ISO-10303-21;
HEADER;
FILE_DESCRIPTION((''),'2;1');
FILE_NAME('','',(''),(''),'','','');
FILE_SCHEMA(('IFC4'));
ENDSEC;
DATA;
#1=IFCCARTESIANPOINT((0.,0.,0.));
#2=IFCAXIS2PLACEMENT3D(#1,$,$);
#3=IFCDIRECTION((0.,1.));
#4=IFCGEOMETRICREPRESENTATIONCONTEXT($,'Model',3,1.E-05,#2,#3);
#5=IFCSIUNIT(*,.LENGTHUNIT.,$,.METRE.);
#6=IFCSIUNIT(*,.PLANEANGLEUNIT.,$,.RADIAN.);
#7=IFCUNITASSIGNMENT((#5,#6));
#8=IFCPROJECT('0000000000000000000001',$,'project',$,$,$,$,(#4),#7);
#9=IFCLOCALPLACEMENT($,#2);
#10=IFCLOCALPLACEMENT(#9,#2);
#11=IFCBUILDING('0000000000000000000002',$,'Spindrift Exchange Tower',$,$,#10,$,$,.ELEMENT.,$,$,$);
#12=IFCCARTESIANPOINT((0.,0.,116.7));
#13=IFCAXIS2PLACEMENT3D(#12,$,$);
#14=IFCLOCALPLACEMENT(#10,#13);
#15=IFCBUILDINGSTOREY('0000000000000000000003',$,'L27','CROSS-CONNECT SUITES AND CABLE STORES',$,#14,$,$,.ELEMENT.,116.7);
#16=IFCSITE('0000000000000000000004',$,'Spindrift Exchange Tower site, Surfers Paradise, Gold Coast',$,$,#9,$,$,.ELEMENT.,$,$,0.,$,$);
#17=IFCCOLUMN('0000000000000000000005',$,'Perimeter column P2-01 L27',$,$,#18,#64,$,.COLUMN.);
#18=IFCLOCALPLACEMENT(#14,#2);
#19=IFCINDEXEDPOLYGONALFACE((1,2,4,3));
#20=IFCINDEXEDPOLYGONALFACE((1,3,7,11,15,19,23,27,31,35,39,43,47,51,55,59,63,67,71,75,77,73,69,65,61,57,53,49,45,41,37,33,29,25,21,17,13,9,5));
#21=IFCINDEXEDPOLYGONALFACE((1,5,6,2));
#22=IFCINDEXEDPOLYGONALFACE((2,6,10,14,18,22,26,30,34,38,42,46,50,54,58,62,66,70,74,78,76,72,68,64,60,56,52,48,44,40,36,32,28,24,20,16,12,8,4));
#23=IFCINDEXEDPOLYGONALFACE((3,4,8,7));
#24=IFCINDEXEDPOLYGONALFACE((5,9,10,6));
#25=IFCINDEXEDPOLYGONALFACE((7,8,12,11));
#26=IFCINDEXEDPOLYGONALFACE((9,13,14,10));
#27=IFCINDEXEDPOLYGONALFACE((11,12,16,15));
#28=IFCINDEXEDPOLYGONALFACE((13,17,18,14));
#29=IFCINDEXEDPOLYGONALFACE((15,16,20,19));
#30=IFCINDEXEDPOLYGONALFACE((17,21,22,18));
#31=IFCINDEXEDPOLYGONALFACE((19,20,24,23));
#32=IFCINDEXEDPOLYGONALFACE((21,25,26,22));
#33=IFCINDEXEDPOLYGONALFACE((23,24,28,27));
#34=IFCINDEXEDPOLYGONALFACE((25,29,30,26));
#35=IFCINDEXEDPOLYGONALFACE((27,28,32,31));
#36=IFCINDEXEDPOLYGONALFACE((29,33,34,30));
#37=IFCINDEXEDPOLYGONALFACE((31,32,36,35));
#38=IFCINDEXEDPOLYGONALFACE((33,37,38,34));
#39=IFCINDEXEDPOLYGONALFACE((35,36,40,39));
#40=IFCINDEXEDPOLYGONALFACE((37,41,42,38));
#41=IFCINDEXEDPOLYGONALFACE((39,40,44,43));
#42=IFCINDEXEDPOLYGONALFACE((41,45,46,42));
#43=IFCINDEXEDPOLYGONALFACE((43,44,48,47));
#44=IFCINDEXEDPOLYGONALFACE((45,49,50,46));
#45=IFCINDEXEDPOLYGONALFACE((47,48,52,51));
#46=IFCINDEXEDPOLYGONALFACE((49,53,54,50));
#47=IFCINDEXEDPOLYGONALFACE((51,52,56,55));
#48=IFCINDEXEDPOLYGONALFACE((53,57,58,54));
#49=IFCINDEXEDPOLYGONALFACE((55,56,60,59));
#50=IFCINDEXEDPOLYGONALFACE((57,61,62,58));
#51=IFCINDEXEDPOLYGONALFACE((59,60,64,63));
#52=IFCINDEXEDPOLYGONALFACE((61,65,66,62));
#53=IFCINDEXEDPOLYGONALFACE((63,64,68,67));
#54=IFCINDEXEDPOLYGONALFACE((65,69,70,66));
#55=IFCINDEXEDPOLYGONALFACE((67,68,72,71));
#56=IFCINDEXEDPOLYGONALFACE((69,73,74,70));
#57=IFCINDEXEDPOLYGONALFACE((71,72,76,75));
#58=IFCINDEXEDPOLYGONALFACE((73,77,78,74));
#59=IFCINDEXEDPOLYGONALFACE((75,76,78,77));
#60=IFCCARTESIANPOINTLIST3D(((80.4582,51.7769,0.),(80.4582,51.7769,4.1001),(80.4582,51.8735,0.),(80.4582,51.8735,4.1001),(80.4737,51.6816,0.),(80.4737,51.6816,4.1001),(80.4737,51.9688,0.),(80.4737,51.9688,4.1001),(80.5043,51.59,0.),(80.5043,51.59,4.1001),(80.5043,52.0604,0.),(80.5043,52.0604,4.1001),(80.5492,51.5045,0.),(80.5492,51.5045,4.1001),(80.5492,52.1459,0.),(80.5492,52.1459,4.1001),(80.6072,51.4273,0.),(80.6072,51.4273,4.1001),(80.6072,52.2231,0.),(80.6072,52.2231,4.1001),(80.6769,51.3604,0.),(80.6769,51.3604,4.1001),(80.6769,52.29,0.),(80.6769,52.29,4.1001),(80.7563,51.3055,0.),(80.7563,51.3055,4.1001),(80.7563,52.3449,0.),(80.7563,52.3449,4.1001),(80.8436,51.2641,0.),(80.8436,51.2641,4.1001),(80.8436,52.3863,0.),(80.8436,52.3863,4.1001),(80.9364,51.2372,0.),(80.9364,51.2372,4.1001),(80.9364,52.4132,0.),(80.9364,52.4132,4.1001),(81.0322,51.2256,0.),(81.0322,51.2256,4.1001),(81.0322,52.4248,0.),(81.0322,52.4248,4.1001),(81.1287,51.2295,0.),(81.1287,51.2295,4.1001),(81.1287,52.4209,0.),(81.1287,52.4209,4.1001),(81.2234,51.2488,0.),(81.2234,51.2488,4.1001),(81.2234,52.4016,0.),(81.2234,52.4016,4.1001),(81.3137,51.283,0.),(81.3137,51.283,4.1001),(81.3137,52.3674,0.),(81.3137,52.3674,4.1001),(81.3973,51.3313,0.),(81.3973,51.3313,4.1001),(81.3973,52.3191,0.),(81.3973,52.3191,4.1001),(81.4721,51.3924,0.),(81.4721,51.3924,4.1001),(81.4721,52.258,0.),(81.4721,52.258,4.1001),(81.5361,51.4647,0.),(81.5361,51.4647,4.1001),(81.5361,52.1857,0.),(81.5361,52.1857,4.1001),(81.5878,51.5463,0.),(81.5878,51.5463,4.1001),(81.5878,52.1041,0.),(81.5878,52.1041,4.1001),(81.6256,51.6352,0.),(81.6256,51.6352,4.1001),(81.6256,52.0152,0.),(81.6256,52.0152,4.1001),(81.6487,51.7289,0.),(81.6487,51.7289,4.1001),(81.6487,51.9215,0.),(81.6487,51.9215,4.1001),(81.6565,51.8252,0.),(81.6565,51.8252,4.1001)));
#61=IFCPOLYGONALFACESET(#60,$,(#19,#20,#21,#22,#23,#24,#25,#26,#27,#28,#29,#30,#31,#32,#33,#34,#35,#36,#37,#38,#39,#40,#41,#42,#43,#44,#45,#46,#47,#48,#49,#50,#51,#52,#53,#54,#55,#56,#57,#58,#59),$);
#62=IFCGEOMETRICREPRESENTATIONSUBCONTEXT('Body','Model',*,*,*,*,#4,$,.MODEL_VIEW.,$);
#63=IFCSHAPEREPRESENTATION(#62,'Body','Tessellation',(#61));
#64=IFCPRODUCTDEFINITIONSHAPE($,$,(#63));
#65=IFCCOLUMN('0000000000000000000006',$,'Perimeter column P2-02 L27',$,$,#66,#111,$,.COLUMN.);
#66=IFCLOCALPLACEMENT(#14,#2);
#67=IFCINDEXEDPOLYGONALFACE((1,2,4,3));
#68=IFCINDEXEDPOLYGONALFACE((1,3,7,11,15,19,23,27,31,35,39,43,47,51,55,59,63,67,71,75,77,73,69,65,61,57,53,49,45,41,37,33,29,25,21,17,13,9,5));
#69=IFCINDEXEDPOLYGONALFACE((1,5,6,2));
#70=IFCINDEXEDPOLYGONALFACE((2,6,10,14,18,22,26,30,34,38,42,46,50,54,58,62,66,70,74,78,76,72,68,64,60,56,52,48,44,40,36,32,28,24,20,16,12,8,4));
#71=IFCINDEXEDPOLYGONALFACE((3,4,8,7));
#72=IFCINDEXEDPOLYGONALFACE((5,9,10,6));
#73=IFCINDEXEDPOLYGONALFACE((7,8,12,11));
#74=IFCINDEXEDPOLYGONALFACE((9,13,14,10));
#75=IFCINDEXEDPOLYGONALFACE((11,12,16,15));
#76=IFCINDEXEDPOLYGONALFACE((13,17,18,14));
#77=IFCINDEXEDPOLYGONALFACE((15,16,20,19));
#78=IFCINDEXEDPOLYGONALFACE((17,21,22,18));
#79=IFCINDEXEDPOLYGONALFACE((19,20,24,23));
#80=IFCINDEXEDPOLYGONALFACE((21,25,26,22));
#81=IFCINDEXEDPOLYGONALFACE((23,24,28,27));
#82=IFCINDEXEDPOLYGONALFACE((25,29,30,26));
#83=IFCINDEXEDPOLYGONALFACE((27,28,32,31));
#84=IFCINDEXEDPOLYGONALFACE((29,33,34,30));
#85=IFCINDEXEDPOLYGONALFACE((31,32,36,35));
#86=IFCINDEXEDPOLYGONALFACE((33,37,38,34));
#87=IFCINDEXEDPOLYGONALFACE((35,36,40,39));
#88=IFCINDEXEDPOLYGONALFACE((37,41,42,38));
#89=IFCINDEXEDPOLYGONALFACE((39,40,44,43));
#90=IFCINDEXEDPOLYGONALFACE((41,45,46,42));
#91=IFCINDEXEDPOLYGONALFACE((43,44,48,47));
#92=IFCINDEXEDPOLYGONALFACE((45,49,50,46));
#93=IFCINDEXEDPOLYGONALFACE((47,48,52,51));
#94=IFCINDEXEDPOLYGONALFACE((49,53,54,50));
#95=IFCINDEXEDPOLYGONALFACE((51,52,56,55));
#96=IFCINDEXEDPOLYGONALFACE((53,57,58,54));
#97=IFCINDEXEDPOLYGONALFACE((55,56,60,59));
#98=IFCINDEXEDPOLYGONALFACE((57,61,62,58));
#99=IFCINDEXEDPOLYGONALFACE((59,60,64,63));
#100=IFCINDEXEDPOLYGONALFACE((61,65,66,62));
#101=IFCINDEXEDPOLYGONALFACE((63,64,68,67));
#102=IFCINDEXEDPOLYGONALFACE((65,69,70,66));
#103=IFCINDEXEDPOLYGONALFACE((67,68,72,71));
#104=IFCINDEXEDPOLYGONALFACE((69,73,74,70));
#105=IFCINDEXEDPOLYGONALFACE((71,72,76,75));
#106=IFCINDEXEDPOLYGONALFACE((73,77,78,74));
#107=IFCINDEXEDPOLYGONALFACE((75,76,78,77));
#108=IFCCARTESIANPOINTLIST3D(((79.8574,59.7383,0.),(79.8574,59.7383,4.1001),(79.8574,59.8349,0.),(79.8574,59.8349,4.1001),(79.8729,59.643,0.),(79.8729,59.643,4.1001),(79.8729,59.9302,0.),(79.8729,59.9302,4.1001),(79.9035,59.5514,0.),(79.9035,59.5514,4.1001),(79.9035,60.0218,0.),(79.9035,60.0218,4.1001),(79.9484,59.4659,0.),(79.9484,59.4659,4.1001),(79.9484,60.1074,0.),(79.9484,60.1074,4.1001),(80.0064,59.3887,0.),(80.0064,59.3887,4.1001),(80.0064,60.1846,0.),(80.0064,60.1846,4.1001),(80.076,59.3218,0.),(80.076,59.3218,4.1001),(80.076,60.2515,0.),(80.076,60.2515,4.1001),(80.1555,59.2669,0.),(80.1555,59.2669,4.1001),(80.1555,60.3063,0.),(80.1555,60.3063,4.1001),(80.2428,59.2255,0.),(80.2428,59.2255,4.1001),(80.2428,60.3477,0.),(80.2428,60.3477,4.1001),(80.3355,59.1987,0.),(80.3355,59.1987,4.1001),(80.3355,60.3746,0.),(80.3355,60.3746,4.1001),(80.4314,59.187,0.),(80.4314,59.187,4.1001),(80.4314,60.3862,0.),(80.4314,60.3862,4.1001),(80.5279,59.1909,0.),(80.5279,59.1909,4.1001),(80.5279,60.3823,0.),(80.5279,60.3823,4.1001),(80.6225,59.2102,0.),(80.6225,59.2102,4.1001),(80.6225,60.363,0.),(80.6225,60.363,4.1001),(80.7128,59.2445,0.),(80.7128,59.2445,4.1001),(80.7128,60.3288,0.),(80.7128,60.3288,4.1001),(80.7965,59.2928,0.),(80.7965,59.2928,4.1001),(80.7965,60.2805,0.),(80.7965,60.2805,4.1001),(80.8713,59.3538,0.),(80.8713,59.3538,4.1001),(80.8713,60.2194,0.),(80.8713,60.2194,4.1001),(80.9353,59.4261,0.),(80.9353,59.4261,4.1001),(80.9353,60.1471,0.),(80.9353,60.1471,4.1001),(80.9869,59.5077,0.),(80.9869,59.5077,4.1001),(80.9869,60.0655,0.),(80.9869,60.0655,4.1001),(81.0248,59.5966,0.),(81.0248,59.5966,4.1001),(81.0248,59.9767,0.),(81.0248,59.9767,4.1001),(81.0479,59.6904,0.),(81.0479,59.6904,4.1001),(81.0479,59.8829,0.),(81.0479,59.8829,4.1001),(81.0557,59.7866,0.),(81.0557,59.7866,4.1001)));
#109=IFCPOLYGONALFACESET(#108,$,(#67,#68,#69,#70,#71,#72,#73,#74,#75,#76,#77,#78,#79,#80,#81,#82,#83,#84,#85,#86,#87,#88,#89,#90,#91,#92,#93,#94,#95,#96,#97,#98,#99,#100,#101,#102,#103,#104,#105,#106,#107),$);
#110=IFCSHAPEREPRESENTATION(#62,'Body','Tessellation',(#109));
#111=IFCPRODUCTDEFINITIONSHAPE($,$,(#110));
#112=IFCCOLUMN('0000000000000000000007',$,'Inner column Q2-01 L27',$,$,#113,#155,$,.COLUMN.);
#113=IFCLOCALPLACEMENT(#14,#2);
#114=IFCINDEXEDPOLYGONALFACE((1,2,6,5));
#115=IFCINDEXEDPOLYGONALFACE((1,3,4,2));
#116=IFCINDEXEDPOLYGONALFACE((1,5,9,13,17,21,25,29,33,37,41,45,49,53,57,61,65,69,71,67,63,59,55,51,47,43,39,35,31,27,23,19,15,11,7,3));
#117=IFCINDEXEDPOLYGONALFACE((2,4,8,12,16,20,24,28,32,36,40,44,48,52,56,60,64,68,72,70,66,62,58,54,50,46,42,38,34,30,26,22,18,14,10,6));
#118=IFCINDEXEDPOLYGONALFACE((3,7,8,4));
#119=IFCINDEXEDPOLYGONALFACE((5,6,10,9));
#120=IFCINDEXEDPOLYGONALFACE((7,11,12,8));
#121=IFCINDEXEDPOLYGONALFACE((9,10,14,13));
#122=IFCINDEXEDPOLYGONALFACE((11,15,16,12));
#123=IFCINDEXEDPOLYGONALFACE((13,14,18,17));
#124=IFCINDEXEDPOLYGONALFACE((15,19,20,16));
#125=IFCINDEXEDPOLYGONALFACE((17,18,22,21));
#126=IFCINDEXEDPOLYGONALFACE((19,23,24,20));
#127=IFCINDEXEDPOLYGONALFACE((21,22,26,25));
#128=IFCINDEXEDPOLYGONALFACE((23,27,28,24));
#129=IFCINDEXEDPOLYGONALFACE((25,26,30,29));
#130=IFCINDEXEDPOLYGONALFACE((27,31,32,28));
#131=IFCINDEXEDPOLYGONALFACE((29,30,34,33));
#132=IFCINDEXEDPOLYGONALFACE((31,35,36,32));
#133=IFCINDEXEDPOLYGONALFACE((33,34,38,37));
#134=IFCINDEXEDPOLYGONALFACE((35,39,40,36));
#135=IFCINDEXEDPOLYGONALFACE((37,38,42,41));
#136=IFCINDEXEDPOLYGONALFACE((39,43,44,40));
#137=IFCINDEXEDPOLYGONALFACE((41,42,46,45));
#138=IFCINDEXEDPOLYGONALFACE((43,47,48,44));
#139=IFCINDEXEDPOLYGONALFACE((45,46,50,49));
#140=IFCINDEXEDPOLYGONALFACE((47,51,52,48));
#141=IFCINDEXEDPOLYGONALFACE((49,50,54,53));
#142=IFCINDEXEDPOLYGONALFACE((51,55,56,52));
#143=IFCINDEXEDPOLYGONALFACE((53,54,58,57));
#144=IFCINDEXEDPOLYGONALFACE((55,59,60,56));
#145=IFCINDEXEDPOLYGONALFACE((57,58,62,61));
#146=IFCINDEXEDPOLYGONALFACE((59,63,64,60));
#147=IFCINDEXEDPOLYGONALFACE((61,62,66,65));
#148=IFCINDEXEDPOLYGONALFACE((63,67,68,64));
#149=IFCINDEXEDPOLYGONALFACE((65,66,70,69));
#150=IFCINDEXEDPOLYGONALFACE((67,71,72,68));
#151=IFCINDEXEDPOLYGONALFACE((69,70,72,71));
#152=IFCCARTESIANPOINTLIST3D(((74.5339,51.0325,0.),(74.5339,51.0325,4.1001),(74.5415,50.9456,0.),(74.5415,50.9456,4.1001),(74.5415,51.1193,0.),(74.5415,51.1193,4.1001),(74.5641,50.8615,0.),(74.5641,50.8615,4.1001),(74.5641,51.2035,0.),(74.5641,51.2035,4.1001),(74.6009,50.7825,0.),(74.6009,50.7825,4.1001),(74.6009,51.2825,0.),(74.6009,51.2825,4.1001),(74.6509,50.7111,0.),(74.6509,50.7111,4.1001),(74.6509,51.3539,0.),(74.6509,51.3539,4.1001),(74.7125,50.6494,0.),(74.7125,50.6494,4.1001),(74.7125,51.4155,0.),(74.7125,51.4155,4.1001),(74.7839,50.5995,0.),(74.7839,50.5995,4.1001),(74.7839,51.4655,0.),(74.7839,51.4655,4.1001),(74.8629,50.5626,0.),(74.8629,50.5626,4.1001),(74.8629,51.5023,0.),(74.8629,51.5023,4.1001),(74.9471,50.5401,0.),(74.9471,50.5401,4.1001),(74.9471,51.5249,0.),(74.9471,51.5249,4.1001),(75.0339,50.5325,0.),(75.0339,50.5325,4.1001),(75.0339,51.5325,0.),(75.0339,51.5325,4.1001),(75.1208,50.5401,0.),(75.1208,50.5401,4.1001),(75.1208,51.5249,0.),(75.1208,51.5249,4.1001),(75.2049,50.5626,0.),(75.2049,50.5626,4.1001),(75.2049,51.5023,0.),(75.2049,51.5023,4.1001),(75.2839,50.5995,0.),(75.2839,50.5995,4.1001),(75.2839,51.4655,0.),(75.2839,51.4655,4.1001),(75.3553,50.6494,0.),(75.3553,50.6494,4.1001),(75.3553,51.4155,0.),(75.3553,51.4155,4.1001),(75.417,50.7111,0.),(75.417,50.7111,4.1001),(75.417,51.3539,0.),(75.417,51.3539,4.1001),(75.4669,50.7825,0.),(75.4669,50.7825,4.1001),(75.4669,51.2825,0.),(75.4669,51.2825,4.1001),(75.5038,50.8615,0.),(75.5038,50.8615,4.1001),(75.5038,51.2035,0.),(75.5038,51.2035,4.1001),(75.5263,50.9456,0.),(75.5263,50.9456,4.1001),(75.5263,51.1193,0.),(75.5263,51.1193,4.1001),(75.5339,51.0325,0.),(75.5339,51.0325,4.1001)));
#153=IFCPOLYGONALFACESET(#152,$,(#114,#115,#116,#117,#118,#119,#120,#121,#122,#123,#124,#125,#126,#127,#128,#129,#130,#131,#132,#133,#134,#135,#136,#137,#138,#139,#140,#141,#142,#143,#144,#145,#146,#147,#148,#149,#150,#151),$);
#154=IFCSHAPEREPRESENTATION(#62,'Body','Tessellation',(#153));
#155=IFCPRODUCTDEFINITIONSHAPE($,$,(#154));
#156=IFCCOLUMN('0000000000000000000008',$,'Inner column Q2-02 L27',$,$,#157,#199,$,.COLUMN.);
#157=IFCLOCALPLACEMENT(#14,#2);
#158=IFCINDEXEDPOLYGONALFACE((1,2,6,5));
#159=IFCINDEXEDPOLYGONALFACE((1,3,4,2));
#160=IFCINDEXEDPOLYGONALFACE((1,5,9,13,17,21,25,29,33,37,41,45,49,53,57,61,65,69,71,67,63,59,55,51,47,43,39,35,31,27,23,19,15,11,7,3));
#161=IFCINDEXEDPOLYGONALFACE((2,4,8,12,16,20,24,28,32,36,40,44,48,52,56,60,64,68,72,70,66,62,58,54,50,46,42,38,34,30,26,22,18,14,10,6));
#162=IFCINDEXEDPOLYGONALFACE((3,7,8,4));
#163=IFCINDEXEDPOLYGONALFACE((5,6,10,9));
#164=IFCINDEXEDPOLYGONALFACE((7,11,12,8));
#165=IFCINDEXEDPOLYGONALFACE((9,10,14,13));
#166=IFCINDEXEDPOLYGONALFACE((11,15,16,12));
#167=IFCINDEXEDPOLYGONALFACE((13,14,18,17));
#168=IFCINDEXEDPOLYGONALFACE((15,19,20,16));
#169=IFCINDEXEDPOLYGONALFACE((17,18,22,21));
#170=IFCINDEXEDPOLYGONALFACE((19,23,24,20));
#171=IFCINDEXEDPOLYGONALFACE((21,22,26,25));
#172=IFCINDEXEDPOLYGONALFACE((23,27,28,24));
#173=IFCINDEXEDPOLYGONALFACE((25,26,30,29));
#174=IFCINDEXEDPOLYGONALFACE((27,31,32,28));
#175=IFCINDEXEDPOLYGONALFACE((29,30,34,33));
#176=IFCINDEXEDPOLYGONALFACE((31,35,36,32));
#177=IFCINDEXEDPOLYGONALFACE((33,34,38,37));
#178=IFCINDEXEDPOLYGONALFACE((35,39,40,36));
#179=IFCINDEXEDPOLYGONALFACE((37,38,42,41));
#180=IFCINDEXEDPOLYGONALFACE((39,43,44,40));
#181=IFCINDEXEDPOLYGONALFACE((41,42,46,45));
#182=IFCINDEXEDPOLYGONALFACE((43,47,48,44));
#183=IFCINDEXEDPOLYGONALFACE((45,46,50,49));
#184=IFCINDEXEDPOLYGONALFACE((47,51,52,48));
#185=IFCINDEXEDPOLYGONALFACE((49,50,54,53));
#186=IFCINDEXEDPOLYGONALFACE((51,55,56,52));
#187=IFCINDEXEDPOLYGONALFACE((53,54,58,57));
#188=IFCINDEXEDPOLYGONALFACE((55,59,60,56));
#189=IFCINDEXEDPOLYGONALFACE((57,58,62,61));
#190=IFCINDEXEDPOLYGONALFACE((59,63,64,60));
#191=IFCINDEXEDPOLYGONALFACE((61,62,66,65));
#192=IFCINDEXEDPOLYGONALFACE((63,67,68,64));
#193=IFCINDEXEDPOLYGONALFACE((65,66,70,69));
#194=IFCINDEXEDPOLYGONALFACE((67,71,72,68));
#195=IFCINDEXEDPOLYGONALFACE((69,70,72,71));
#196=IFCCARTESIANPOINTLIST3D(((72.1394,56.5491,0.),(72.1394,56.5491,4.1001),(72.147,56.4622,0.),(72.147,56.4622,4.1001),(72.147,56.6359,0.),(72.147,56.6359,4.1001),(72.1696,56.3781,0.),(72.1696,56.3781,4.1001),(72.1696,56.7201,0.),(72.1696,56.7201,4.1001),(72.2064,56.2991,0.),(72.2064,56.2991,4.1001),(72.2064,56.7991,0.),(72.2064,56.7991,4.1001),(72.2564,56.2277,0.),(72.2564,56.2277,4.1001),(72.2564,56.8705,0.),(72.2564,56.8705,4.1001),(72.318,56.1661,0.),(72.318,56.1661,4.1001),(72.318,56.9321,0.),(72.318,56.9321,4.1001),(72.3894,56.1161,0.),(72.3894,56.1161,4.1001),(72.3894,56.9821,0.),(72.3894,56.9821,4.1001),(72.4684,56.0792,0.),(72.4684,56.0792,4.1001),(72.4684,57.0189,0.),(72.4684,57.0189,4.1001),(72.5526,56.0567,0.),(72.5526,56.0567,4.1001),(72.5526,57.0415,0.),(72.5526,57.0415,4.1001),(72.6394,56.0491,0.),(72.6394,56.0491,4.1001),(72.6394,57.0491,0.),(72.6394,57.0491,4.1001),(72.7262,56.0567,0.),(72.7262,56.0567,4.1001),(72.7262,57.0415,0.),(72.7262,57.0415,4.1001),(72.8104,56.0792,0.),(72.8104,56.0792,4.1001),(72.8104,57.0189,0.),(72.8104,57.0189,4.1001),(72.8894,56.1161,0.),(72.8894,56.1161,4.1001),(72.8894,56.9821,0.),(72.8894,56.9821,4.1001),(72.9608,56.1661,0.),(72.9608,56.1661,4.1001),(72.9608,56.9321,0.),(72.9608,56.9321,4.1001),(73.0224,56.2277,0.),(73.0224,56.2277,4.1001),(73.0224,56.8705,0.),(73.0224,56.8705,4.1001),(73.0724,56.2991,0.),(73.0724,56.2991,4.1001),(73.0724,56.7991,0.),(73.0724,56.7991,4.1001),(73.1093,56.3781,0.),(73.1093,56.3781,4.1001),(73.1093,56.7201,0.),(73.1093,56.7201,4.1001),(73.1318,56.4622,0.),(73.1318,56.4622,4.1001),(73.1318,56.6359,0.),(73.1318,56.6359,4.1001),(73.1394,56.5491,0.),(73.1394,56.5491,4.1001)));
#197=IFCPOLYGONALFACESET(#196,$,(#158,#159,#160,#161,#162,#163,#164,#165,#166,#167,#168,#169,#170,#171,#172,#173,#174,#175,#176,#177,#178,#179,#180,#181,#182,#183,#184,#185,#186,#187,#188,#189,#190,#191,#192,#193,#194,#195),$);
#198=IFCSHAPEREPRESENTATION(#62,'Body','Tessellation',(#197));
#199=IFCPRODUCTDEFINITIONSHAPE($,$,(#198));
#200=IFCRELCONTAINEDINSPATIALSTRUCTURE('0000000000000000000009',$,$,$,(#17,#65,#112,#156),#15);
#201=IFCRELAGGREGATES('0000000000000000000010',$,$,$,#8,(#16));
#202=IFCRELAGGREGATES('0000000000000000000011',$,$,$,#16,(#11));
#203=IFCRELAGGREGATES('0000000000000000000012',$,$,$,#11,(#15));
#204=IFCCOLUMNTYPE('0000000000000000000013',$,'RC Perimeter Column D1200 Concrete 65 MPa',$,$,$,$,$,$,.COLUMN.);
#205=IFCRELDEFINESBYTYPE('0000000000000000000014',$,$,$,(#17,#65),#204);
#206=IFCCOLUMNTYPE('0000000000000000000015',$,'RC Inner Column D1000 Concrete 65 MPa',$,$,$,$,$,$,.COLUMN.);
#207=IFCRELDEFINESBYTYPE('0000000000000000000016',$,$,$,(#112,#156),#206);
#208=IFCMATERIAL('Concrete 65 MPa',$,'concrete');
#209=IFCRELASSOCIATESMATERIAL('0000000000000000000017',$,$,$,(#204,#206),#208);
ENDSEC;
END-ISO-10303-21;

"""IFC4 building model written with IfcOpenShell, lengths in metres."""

from ifc_helpers import new_model, si_unit, direction, frame, origin, origin_2d, place, context, subcontext, project, spatial, circle, extrude, source, transform, mapped, material, material_profile, profile_set, type_object, element, save


model = new_model("IFC4")

# Units and contexts
model_context = context("Model", 3, precision=1e-05, world=origin(), true_north=direction((0.0, 1.0)))
body_context = subcontext(model_context, "Body", "Model", "MODEL_VIEW")
ifc_project = project(units=[si_unit("LENGTHUNIT", "METRE"), si_unit("PLANEANGLEUNIT", "RADIAN")], contexts=[model_context])

# Site, building, storey
site_placement = place(None, origin())
site = spatial("IfcSite", under=ifc_project, at=site_placement, Name="Spindrift Exchange Tower site, Surfers Paradise, Gold Coast", CompositionType="ELEMENT", RefElevation=0.0)
building_placement = place(site_placement, origin())
building = spatial("IfcBuilding", under=site, at=building_placement, Name="Spindrift Exchange Tower", CompositionType="ELEMENT")
storey_placement = place(building_placement, frame((0.0, 0.0, 116.7)))
storey = spatial("IfcBuildingStorey", under=building, at=storey_placement, Name="L27", Description="CROSS-CONNECT SUITES AND CABLE STORES", CompositionType="ELEMENT", Elevation=116.7)

# Columns
ifc_material_1 = material(Name="Concrete 65 MPa", Category="concrete")
ifc_material_profile_1 = material_profile(ifc_material_1, circle(Radius=0.6001, at=origin_2d()), Name="RC D1200")
ifc_profile_set_1 = profile_set([ifc_material_profile_1], Name="Concrete 65 MPa")
column_type_1 = type_object("IfcColumnType", Name="RC Perimeter Column D1200 Concrete 65 MPa", PredefinedType="COLUMN", material=ifc_profile_set_1)
shared_shape_1 = source(origin(), body_context, "Body", "SweptSolid", [
    extrude(circle(Radius=0.6001, at=origin_2d()), origin(), (0.0, 0.0, 1.0), 4.1001),
])
for number, where, z_axis, x_axis, name in (
    (1, (81.0564, 51.8252, 0.0), (0.0, 0.0, 1.0), (1.0, 0.0, 0.0), "Perimeter column P2-01 L27"),
    (2, (80.4556, 59.7866, 0.0), (0.0, 0.0, 1.0), (1.0, 0.0, 0.0), "Perimeter column P2-02 L27"),
):
    element("IfcColumn", number, at=place(storey_placement, frame(where, z_axis=z_axis, x_axis=x_axis)), inside=storey, type_object=column_type_1, Name=name, PredefinedType="COLUMN", context=body_context, shape_type="MappedRepresentation", body=[
        mapped(shared_shape_1, transform((0.0, 0.0, 0.0), scale=1.0)),
    ])
ifc_material_profile_2 = material_profile(ifc_material_1, circle(Radius=0.5, at=origin_2d()), Name="RC D1000")
ifc_profile_set_2 = profile_set([ifc_material_profile_2], Name="Concrete 65 MPa")
column_type_2 = type_object("IfcColumnType", Name="RC Inner Column D1000 Concrete 65 MPa", PredefinedType="COLUMN", material=ifc_profile_set_2)
shared_shape_2 = source(origin(), body_context, "Body", "SweptSolid", [
    extrude(circle(Radius=0.5, at=origin_2d()), origin(), (0.0, 0.0, 1.0), 4.1001),
])
for number, where, z_axis, x_axis, name in (
    (3, (75.0339, 51.0325, 0.0), (0.0, 0.0, 1.0), (1.0, 0.0, 0.0), "Inner column Q2-01 L27"),
    (4, (72.6394, 56.5491, 0.0), (0.0, 0.0, 1.0), (1.0, 0.0, 0.0), "Inner column Q2-02 L27"),
):
    element("IfcColumn", number, at=place(storey_placement, frame(where, z_axis=z_axis, x_axis=x_axis)), inside=storey, type_object=column_type_2, Name=name, PredefinedType="COLUMN", context=body_context, shape_type="MappedRepresentation", body=[
        mapped(shared_shape_2, transform((0.0, 0.0, 0.0), scale=1.0)),
    ])

save(model, "model.ifc")
